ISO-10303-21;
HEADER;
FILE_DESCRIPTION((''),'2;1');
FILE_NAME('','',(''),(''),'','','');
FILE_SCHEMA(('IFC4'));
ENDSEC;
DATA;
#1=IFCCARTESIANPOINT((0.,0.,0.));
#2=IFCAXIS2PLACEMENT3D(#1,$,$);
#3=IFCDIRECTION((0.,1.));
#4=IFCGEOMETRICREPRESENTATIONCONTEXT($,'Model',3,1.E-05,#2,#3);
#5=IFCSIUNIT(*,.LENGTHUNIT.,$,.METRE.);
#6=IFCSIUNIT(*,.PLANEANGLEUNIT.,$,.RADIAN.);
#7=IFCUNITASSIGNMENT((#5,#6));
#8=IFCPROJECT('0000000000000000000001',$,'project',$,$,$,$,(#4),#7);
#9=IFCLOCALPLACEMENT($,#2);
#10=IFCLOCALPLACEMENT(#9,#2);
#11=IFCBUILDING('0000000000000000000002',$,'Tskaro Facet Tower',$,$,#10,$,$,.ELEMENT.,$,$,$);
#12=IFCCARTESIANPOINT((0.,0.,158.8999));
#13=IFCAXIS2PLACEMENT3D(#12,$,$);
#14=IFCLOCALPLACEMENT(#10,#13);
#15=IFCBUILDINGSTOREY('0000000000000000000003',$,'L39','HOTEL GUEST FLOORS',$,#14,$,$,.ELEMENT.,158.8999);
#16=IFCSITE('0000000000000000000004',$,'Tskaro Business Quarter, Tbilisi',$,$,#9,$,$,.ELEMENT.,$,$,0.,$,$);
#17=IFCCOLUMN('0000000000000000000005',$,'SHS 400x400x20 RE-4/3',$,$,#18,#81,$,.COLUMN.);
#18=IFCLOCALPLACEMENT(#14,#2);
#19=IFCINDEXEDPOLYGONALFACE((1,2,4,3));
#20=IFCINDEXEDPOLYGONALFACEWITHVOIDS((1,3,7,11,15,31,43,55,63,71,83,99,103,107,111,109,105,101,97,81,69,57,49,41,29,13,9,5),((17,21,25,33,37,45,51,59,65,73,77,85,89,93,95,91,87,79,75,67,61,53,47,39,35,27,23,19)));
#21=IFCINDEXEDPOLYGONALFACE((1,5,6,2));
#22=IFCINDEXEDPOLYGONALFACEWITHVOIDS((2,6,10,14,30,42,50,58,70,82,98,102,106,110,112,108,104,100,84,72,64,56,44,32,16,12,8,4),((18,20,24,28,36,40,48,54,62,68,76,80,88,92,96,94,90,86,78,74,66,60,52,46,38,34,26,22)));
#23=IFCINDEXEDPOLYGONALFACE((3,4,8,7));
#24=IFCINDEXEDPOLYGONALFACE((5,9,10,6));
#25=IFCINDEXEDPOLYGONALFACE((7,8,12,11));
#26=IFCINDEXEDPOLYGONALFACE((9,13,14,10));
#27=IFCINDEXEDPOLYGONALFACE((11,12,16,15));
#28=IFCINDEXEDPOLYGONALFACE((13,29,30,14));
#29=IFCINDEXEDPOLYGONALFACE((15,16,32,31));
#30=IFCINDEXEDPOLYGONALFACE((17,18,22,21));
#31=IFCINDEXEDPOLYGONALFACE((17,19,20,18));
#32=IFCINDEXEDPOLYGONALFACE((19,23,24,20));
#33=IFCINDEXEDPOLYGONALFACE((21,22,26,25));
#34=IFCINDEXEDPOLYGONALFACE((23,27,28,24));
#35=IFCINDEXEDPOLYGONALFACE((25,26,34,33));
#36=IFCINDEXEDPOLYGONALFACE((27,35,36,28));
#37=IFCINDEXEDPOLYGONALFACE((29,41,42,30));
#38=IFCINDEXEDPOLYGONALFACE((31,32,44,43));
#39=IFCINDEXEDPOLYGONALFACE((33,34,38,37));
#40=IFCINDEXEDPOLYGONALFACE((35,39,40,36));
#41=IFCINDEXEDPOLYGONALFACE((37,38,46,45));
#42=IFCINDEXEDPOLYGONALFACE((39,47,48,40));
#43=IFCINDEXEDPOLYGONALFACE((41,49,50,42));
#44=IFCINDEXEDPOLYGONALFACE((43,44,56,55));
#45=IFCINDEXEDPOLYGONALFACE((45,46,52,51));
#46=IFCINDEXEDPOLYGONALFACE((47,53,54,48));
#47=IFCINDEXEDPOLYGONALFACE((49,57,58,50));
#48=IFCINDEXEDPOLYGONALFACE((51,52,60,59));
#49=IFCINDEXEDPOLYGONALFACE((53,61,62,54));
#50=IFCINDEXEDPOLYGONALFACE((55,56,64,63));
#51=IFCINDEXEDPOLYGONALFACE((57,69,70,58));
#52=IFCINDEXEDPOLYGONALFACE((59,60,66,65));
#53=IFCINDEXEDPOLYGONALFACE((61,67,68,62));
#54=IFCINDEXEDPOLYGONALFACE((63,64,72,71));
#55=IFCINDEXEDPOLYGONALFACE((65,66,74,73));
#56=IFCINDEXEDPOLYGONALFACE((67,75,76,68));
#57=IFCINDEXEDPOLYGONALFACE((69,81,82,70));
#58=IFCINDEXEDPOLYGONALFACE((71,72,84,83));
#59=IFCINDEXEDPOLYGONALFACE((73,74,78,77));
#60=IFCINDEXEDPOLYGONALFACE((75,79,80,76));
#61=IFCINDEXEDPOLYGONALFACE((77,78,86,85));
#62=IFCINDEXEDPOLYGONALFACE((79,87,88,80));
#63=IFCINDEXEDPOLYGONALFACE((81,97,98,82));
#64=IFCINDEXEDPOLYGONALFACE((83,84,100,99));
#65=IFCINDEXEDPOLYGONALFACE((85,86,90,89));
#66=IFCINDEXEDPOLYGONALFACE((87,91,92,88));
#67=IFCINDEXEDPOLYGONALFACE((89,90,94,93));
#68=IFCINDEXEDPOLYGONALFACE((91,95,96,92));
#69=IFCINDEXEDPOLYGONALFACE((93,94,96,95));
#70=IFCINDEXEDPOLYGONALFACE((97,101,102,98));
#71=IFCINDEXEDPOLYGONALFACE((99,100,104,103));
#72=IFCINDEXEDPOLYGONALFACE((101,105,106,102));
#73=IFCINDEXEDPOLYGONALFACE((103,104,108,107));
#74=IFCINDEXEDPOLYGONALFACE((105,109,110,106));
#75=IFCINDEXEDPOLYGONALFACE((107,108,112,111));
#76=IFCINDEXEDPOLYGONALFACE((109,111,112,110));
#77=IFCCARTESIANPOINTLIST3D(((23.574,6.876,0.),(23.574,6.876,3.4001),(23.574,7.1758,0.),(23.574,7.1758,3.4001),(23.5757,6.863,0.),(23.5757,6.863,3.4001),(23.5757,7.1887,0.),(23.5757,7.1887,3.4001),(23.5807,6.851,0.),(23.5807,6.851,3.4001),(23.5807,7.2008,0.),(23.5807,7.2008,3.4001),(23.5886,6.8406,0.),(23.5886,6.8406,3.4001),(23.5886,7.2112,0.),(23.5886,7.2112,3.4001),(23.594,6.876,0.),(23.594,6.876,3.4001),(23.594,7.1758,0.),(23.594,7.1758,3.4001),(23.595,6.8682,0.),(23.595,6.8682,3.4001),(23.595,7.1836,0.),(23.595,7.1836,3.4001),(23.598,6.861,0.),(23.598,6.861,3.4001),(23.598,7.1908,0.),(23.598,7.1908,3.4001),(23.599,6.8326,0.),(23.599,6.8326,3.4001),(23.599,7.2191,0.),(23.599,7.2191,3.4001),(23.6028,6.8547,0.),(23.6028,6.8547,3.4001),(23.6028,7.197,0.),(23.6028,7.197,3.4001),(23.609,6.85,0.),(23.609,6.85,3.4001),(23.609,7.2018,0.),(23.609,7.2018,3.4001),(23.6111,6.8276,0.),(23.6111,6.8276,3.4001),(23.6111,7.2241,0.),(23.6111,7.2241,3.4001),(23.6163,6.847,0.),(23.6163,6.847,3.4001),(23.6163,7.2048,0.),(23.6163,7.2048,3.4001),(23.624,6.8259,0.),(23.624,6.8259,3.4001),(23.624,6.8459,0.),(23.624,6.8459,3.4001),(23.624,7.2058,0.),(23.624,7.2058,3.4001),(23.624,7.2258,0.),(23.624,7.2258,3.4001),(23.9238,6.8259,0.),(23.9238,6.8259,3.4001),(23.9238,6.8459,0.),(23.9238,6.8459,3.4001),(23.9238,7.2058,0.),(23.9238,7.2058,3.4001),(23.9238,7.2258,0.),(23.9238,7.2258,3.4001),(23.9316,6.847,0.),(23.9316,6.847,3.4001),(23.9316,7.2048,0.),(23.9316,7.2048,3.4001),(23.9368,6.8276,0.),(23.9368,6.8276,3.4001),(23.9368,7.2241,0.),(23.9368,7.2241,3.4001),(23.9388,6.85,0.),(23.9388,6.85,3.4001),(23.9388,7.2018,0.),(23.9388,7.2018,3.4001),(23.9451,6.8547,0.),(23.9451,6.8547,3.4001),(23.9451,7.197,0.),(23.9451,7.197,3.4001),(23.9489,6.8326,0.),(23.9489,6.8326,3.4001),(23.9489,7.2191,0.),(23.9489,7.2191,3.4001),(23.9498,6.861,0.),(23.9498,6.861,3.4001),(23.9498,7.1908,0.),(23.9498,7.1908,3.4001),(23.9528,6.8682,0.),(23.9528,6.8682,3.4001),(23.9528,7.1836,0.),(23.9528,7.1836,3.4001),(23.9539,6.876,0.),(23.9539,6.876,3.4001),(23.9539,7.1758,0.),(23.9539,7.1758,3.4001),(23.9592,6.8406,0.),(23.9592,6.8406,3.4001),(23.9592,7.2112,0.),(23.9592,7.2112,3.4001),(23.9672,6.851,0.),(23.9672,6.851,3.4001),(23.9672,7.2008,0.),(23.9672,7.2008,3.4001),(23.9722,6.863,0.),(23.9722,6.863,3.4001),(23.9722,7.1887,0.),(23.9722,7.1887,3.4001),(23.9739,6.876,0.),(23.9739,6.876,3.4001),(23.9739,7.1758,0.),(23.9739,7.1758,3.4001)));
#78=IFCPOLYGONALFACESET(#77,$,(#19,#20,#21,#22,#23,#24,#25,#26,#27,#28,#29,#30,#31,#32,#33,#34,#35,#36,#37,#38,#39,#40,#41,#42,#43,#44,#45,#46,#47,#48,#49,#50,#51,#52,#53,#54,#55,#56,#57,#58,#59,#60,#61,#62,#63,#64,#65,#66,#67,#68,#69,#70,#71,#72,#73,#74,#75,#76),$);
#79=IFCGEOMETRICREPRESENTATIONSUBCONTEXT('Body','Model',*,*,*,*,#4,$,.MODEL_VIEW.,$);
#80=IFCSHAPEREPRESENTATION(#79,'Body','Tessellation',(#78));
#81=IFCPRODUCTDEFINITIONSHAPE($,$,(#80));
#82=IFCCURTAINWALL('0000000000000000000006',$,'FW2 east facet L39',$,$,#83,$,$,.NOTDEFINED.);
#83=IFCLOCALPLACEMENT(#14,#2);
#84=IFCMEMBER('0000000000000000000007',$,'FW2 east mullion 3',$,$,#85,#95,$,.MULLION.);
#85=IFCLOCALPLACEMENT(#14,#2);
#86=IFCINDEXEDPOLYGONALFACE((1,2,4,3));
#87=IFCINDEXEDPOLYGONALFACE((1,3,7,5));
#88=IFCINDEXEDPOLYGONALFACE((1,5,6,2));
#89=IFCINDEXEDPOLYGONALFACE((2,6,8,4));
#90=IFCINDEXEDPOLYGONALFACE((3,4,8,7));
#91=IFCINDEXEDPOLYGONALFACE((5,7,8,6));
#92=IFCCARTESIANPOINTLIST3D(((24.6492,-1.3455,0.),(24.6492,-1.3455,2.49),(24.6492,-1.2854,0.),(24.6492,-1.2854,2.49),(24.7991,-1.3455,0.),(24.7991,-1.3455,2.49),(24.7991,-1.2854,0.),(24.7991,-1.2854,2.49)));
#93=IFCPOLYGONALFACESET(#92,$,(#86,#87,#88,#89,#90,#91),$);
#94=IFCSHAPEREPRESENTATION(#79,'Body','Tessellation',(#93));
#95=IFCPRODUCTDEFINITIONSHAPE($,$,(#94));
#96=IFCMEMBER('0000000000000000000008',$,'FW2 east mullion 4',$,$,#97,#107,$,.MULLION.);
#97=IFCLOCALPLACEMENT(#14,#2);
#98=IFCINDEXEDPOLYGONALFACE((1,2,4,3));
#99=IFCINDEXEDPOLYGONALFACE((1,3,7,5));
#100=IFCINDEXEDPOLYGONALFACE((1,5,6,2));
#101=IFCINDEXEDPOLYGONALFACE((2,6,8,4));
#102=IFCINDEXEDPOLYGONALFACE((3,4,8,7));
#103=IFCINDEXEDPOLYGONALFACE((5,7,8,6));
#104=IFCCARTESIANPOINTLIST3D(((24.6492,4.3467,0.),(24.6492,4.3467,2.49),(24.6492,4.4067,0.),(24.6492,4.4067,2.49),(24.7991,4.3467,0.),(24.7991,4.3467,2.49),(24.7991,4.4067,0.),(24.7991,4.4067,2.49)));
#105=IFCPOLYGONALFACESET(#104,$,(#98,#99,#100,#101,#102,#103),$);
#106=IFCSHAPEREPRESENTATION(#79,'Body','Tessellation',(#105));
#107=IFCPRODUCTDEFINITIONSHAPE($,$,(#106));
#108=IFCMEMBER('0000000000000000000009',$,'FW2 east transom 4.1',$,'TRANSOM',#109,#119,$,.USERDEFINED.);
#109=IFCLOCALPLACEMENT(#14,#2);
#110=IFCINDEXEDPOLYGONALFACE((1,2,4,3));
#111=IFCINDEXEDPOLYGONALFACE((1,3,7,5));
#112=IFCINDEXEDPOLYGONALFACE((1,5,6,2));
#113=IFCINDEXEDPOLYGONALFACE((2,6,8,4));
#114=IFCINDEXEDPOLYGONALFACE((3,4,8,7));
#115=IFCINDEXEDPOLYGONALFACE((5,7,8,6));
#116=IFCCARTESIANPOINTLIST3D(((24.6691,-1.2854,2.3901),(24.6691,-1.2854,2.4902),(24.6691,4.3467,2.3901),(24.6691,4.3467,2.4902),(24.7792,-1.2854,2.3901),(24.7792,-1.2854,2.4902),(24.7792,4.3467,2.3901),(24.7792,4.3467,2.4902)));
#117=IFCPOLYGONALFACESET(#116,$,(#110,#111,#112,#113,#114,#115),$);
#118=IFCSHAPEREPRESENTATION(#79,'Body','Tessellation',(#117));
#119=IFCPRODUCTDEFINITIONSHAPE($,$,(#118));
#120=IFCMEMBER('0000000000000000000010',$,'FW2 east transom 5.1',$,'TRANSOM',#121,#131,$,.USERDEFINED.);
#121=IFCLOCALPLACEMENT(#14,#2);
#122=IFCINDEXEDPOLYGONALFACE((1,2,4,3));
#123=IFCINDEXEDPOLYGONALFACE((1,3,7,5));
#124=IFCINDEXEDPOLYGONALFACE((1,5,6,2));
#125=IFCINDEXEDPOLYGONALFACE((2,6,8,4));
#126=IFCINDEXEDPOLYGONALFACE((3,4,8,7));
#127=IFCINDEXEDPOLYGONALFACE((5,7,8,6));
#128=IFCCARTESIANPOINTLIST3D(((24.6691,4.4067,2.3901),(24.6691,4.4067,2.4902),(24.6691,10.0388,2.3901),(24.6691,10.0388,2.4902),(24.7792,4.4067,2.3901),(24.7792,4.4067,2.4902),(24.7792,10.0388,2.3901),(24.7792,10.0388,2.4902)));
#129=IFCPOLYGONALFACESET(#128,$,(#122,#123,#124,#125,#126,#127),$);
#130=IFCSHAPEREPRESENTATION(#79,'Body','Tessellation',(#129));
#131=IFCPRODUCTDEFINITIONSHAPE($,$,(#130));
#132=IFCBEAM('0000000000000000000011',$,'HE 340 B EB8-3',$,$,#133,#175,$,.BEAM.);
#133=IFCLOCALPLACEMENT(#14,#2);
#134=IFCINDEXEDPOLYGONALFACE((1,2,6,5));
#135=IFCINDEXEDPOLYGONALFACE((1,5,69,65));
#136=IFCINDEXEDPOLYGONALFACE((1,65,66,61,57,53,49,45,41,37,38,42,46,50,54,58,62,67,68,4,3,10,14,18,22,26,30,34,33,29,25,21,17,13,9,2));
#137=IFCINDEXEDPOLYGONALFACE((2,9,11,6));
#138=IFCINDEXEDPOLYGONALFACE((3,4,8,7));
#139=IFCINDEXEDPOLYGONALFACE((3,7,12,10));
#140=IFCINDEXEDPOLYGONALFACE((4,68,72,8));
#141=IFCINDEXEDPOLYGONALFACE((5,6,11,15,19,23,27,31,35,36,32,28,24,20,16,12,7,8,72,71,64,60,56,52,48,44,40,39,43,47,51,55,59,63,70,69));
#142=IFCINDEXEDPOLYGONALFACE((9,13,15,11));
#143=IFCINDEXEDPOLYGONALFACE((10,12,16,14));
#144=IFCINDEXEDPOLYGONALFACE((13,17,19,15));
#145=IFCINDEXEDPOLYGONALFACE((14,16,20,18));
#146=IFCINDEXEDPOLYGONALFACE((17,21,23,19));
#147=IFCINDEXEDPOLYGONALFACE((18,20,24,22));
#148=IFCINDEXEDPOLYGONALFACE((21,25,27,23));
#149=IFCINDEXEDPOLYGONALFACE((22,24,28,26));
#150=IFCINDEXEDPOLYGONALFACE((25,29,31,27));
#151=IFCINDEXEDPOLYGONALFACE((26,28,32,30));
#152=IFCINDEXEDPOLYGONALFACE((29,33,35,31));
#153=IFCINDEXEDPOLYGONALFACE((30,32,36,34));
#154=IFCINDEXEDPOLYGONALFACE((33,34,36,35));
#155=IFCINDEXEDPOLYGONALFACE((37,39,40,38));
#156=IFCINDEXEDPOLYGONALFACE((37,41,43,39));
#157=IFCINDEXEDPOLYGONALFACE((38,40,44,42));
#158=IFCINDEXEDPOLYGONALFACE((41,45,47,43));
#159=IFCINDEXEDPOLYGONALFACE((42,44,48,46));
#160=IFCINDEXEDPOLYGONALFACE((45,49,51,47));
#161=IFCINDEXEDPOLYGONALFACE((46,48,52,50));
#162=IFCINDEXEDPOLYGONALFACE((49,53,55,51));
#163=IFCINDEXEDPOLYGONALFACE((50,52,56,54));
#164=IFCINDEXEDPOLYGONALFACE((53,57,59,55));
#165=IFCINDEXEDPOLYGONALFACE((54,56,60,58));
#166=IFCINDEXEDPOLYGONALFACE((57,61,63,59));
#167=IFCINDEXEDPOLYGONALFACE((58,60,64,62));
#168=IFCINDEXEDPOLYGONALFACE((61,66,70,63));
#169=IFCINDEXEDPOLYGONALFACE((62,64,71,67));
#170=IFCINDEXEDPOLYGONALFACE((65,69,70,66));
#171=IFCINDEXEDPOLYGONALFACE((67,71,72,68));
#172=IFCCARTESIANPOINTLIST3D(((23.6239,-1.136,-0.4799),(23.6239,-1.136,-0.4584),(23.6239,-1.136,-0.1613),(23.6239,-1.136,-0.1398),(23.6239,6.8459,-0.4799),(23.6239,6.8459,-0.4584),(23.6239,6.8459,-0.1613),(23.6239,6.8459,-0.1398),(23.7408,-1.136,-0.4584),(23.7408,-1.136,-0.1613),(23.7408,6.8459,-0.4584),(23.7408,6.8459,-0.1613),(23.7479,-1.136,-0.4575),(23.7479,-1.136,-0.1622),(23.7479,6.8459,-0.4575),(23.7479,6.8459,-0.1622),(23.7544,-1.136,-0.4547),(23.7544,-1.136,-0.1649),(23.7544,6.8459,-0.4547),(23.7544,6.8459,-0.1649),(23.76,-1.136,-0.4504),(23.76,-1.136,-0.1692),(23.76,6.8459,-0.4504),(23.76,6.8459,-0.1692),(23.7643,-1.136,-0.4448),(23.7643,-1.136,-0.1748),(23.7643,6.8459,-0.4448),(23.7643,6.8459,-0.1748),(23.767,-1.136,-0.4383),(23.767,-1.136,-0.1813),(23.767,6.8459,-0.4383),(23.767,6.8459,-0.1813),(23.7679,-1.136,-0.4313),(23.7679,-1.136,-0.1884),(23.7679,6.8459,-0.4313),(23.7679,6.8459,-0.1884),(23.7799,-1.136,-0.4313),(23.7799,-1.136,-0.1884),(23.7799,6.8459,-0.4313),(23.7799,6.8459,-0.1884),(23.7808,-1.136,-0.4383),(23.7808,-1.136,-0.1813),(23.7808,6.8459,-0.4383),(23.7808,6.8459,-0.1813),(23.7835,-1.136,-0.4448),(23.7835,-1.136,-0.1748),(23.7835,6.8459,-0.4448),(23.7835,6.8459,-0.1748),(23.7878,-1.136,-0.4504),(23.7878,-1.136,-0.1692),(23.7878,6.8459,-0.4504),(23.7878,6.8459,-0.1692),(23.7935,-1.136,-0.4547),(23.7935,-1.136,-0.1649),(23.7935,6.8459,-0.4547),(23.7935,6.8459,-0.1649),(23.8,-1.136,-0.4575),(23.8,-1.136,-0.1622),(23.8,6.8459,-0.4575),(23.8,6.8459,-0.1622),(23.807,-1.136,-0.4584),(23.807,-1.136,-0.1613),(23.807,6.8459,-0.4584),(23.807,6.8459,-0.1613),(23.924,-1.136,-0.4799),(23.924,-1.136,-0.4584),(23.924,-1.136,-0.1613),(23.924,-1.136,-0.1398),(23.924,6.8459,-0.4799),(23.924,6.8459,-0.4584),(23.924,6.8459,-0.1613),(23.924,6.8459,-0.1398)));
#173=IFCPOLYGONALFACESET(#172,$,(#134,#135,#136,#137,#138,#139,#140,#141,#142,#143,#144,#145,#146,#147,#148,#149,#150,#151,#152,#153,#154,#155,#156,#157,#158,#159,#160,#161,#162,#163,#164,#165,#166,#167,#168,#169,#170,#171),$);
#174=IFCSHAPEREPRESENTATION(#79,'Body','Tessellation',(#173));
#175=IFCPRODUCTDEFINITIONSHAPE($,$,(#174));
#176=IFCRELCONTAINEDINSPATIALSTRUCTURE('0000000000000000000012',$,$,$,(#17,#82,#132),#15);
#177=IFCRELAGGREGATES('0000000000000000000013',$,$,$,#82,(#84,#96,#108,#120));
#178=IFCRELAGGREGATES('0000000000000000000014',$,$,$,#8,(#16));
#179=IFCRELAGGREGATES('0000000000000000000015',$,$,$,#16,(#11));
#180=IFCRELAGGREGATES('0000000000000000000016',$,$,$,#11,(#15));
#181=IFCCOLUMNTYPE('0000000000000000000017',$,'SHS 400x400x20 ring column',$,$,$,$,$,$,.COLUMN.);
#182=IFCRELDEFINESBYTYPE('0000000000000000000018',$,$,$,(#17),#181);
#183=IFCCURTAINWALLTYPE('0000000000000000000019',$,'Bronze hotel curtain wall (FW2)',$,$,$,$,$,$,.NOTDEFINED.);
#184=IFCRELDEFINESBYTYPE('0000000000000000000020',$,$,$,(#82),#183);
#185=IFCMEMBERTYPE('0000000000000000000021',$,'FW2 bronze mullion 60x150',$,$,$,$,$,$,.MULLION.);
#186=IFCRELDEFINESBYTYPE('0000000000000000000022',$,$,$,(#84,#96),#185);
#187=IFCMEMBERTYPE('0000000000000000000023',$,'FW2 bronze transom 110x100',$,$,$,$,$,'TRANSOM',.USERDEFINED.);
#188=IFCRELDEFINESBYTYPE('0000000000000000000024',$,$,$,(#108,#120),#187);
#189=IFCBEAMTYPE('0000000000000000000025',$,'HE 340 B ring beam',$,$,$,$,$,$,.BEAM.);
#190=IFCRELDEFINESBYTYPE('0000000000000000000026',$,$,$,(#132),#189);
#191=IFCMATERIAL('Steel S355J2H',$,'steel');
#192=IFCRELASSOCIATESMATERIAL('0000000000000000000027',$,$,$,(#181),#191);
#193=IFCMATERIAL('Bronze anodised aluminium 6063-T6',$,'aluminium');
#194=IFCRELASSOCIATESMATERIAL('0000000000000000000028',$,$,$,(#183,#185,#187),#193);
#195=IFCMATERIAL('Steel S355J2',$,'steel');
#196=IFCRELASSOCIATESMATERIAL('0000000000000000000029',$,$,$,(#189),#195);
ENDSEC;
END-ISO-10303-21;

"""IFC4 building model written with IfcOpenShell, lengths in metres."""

from ifc_helpers import new_model, si_unit, direction, frame, origin, origin_2d, place, context, subcontext, project, spatial, rectangle, hollow_rectangle, i_section, extrude, material, material_profile, profile_set, type_object, element, aggregate, save


model = new_model("IFC4")

# Units and contexts
model_context = context("Model", 3, precision=1e-05, world=origin(), true_north=direction((0.0, 1.0)))
body_context = subcontext(model_context, "Body", "Model", "MODEL_VIEW")
ifc_project = project(units=[si_unit("LENGTHUNIT", "METRE"), si_unit("PLANEANGLEUNIT", "RADIAN")], contexts=[model_context])

# Site, building, storey
site_placement = place(None, origin())
site = spatial("IfcSite", under=ifc_project, at=site_placement, Name="Tskaro Business Quarter, Tbilisi", CompositionType="ELEMENT", RefElevation=0.0)
building_placement = place(site_placement, origin())
building = spatial("IfcBuilding", under=site, at=building_placement, Name="Tskaro Facet Tower", CompositionType="ELEMENT")
storey_placement = place(building_placement, frame((0.0, 0.0, 158.8999)))
storey = spatial("IfcBuildingStorey", under=building, at=storey_placement, Name="L39", Description="HOTEL GUEST FLOORS", CompositionType="ELEMENT", Elevation=158.8999)

# Column
ifc_material_1 = material(Name="Steel S355J2H", Category="steel")
ifc_material_profile_1 = material_profile(ifc_material_1, hollow_rectangle(XDim=0.3999, YDim=0.3999, WallThickness=0.02, InnerFilletRadius=0.03, OuterFilletRadius=0.05, at=origin_2d()), Name="SHS 400x400x20")
ifc_profile_set_1 = profile_set([ifc_material_profile_1], Name="Steel S355J2H")
column_type_1 = type_object("IfcColumnType", Name="SHS 400x400x20 ring column", PredefinedType="COLUMN", material=ifc_profile_set_1)
for number, where, z_axis, x_axis, name in (
    (1, (23.7739, 7.0259, 0.0), (0.0, 0.0, 1.0), (1.0, 0.0, 0.0), "SHS 400x400x20 RE-4/3"),
):
    element("IfcColumn", number, at=place(storey_placement, frame(where, z_axis=z_axis, x_axis=x_axis)), inside=storey, type_object=column_type_1, Name=name, PredefinedType="COLUMN", context=body_context, shape_type="SweptSolid", body=[
        extrude(hollow_rectangle(XDim=0.3999, YDim=0.3999, WallThickness=0.02, InnerFilletRadius=0.03, OuterFilletRadius=0.05, at=origin_2d()), origin(), (0.0, 0.0, 1.0), 3.4001),
    ])

# Curtain wall, members
ifc_material_2 = material(Name="Bronze anodised aluminium 6063-T6", Category="aluminium")
curtain_wall_type = type_object("IfcCurtainWallType", Name="Bronze hotel curtain wall (FW2)", PredefinedType="NOTDEFINED", material=ifc_material_2)
curtain_wall_placement = place(storey_placement, origin())
curtain_wall = element("IfcCurtainWall", 2, at=curtain_wall_placement, inside=storey, type_object=curtain_wall_type, Name="FW2 east facet L39", PredefinedType="NOTDEFINED")
ifc_material_profile_2 = material_profile(ifc_material_2, rectangle(XDim=0.0601, YDim=0.1499, at=origin_2d()), Name="Mullion 60x150")
ifc_profile_set_2 = profile_set([ifc_material_profile_2], Name="Bronze anodised aluminium 6063-T6")
member_type_1 = type_object("IfcMemberType", Name="FW2 bronze mullion 60x150", PredefinedType="MULLION", material=ifc_profile_set_2)
member_1_placement = place(storey_placement, frame((24.7241, -1.3154, 0.0), z_axis=(0.0, 0.0, 1.0), x_axis=(0.0, 1.0, 0.0)))
member_1 = element("IfcMember", 3, at=member_1_placement, type_object=member_type_1, Name="FW2 east mullion 3", PredefinedType="MULLION", context=body_context, shape_type="SweptSolid", body=[
    extrude(rectangle(XDim=0.0601, YDim=0.1499, at=origin_2d()), origin(), (0.0, 0.0, 1.0), 2.49),
])
member_2_placement = place(storey_placement, frame((24.7241, 4.3767, 0.0), z_axis=(0.0, 0.0, 1.0), x_axis=(0.0, 1.0, 0.0)))
member_2 = element("IfcMember", 4, at=member_2_placement, type_object=member_type_1, Name="FW2 east mullion 4", PredefinedType="MULLION", context=body_context, shape_type="SweptSolid", body=[
    extrude(rectangle(XDim=0.0601, YDim=0.1499, at=origin_2d()), origin(), (0.0, 0.0, 1.0), 2.49),
])
ifc_material_profile_3 = material_profile(ifc_material_2, rectangle(XDim=0.1101, YDim=0.1001, at=origin_2d()), Name="Transom 110x100")
ifc_profile_set_3 = profile_set([ifc_material_profile_3], Name="Bronze anodised aluminium 6063-T6")
member_type_2 = type_object("IfcMemberType", Name="FW2 bronze transom 110x100", ElementType="TRANSOM", PredefinedType="USERDEFINED", material=ifc_profile_set_3)
member_3_placement = place(storey_placement, frame((24.7241, -1.2854, 2.4402), z_axis=(0.0, 1.0, 0.0), x_axis=(-1.0, 0.0, 0.0)))
member_3 = element("IfcMember", 5, at=member_3_placement, type_object=member_type_2, Name="FW2 east transom 4.1", ObjectType="TRANSOM", PredefinedType="USERDEFINED", context=body_context, shape_type="SweptSolid", body=[
    extrude(rectangle(XDim=0.1101, YDim=0.1001, at=origin_2d()), origin(), (0.0, 0.0, 1.0), 5.6321),
])
member_4_placement = place(storey_placement, frame((24.7241, 4.4067, 2.4402), z_axis=(0.0, 1.0, 0.0), x_axis=(-1.0, 0.0, 0.0)))
member_4 = element("IfcMember", 6, at=member_4_placement, type_object=member_type_2, Name="FW2 east transom 5.1", ObjectType="TRANSOM", PredefinedType="USERDEFINED", context=body_context, shape_type="SweptSolid", body=[
    extrude(rectangle(XDim=0.1101, YDim=0.1001, at=origin_2d()), origin(), (0.0, 0.0, 1.0), 5.6321),
])

# Beam
ifc_material_3 = material(Name="Steel S355J2", Category="steel")
ifc_material_profile_4 = material_profile(ifc_material_3, i_section(OverallWidth=0.3, OverallDepth=0.3401, WebThickness=0.012, FlangeThickness=0.0215, FilletRadius=0.0271, at=origin_2d()), Name="HE 340 B")
ifc_profile_set_4 = profile_set([ifc_material_profile_4], Name="Steel S355J2")
beam_type_1 = type_object("IfcBeamType", Name="HE 340 B ring beam", PredefinedType="BEAM", material=ifc_profile_set_4)
for number, where, z_axis, x_axis, name in (
    (7, (23.7739, -1.136, -0.3098), (0.0, 1.0, 0.0), (-1.0, 0.0, 0.0), "HE 340 B EB8-3"),
):
    element("IfcBeam", number, at=place(storey_placement, frame(where, z_axis=z_axis, x_axis=x_axis)), inside=storey, type_object=beam_type_1, Name=name, PredefinedType="BEAM", context=body_context, shape_type="SweptSolid", body=[
        extrude(i_section(OverallWidth=0.3, OverallDepth=0.3401, WebThickness=0.012, FlangeThickness=0.0215, FilletRadius=0.0271, at=origin_2d()), origin(), (0.0, 0.0, 1.0), 7.9819),
    ])

aggregate(curtain_wall, [member_1, member_2, member_3, member_4])

save(model, "model.ifc")
